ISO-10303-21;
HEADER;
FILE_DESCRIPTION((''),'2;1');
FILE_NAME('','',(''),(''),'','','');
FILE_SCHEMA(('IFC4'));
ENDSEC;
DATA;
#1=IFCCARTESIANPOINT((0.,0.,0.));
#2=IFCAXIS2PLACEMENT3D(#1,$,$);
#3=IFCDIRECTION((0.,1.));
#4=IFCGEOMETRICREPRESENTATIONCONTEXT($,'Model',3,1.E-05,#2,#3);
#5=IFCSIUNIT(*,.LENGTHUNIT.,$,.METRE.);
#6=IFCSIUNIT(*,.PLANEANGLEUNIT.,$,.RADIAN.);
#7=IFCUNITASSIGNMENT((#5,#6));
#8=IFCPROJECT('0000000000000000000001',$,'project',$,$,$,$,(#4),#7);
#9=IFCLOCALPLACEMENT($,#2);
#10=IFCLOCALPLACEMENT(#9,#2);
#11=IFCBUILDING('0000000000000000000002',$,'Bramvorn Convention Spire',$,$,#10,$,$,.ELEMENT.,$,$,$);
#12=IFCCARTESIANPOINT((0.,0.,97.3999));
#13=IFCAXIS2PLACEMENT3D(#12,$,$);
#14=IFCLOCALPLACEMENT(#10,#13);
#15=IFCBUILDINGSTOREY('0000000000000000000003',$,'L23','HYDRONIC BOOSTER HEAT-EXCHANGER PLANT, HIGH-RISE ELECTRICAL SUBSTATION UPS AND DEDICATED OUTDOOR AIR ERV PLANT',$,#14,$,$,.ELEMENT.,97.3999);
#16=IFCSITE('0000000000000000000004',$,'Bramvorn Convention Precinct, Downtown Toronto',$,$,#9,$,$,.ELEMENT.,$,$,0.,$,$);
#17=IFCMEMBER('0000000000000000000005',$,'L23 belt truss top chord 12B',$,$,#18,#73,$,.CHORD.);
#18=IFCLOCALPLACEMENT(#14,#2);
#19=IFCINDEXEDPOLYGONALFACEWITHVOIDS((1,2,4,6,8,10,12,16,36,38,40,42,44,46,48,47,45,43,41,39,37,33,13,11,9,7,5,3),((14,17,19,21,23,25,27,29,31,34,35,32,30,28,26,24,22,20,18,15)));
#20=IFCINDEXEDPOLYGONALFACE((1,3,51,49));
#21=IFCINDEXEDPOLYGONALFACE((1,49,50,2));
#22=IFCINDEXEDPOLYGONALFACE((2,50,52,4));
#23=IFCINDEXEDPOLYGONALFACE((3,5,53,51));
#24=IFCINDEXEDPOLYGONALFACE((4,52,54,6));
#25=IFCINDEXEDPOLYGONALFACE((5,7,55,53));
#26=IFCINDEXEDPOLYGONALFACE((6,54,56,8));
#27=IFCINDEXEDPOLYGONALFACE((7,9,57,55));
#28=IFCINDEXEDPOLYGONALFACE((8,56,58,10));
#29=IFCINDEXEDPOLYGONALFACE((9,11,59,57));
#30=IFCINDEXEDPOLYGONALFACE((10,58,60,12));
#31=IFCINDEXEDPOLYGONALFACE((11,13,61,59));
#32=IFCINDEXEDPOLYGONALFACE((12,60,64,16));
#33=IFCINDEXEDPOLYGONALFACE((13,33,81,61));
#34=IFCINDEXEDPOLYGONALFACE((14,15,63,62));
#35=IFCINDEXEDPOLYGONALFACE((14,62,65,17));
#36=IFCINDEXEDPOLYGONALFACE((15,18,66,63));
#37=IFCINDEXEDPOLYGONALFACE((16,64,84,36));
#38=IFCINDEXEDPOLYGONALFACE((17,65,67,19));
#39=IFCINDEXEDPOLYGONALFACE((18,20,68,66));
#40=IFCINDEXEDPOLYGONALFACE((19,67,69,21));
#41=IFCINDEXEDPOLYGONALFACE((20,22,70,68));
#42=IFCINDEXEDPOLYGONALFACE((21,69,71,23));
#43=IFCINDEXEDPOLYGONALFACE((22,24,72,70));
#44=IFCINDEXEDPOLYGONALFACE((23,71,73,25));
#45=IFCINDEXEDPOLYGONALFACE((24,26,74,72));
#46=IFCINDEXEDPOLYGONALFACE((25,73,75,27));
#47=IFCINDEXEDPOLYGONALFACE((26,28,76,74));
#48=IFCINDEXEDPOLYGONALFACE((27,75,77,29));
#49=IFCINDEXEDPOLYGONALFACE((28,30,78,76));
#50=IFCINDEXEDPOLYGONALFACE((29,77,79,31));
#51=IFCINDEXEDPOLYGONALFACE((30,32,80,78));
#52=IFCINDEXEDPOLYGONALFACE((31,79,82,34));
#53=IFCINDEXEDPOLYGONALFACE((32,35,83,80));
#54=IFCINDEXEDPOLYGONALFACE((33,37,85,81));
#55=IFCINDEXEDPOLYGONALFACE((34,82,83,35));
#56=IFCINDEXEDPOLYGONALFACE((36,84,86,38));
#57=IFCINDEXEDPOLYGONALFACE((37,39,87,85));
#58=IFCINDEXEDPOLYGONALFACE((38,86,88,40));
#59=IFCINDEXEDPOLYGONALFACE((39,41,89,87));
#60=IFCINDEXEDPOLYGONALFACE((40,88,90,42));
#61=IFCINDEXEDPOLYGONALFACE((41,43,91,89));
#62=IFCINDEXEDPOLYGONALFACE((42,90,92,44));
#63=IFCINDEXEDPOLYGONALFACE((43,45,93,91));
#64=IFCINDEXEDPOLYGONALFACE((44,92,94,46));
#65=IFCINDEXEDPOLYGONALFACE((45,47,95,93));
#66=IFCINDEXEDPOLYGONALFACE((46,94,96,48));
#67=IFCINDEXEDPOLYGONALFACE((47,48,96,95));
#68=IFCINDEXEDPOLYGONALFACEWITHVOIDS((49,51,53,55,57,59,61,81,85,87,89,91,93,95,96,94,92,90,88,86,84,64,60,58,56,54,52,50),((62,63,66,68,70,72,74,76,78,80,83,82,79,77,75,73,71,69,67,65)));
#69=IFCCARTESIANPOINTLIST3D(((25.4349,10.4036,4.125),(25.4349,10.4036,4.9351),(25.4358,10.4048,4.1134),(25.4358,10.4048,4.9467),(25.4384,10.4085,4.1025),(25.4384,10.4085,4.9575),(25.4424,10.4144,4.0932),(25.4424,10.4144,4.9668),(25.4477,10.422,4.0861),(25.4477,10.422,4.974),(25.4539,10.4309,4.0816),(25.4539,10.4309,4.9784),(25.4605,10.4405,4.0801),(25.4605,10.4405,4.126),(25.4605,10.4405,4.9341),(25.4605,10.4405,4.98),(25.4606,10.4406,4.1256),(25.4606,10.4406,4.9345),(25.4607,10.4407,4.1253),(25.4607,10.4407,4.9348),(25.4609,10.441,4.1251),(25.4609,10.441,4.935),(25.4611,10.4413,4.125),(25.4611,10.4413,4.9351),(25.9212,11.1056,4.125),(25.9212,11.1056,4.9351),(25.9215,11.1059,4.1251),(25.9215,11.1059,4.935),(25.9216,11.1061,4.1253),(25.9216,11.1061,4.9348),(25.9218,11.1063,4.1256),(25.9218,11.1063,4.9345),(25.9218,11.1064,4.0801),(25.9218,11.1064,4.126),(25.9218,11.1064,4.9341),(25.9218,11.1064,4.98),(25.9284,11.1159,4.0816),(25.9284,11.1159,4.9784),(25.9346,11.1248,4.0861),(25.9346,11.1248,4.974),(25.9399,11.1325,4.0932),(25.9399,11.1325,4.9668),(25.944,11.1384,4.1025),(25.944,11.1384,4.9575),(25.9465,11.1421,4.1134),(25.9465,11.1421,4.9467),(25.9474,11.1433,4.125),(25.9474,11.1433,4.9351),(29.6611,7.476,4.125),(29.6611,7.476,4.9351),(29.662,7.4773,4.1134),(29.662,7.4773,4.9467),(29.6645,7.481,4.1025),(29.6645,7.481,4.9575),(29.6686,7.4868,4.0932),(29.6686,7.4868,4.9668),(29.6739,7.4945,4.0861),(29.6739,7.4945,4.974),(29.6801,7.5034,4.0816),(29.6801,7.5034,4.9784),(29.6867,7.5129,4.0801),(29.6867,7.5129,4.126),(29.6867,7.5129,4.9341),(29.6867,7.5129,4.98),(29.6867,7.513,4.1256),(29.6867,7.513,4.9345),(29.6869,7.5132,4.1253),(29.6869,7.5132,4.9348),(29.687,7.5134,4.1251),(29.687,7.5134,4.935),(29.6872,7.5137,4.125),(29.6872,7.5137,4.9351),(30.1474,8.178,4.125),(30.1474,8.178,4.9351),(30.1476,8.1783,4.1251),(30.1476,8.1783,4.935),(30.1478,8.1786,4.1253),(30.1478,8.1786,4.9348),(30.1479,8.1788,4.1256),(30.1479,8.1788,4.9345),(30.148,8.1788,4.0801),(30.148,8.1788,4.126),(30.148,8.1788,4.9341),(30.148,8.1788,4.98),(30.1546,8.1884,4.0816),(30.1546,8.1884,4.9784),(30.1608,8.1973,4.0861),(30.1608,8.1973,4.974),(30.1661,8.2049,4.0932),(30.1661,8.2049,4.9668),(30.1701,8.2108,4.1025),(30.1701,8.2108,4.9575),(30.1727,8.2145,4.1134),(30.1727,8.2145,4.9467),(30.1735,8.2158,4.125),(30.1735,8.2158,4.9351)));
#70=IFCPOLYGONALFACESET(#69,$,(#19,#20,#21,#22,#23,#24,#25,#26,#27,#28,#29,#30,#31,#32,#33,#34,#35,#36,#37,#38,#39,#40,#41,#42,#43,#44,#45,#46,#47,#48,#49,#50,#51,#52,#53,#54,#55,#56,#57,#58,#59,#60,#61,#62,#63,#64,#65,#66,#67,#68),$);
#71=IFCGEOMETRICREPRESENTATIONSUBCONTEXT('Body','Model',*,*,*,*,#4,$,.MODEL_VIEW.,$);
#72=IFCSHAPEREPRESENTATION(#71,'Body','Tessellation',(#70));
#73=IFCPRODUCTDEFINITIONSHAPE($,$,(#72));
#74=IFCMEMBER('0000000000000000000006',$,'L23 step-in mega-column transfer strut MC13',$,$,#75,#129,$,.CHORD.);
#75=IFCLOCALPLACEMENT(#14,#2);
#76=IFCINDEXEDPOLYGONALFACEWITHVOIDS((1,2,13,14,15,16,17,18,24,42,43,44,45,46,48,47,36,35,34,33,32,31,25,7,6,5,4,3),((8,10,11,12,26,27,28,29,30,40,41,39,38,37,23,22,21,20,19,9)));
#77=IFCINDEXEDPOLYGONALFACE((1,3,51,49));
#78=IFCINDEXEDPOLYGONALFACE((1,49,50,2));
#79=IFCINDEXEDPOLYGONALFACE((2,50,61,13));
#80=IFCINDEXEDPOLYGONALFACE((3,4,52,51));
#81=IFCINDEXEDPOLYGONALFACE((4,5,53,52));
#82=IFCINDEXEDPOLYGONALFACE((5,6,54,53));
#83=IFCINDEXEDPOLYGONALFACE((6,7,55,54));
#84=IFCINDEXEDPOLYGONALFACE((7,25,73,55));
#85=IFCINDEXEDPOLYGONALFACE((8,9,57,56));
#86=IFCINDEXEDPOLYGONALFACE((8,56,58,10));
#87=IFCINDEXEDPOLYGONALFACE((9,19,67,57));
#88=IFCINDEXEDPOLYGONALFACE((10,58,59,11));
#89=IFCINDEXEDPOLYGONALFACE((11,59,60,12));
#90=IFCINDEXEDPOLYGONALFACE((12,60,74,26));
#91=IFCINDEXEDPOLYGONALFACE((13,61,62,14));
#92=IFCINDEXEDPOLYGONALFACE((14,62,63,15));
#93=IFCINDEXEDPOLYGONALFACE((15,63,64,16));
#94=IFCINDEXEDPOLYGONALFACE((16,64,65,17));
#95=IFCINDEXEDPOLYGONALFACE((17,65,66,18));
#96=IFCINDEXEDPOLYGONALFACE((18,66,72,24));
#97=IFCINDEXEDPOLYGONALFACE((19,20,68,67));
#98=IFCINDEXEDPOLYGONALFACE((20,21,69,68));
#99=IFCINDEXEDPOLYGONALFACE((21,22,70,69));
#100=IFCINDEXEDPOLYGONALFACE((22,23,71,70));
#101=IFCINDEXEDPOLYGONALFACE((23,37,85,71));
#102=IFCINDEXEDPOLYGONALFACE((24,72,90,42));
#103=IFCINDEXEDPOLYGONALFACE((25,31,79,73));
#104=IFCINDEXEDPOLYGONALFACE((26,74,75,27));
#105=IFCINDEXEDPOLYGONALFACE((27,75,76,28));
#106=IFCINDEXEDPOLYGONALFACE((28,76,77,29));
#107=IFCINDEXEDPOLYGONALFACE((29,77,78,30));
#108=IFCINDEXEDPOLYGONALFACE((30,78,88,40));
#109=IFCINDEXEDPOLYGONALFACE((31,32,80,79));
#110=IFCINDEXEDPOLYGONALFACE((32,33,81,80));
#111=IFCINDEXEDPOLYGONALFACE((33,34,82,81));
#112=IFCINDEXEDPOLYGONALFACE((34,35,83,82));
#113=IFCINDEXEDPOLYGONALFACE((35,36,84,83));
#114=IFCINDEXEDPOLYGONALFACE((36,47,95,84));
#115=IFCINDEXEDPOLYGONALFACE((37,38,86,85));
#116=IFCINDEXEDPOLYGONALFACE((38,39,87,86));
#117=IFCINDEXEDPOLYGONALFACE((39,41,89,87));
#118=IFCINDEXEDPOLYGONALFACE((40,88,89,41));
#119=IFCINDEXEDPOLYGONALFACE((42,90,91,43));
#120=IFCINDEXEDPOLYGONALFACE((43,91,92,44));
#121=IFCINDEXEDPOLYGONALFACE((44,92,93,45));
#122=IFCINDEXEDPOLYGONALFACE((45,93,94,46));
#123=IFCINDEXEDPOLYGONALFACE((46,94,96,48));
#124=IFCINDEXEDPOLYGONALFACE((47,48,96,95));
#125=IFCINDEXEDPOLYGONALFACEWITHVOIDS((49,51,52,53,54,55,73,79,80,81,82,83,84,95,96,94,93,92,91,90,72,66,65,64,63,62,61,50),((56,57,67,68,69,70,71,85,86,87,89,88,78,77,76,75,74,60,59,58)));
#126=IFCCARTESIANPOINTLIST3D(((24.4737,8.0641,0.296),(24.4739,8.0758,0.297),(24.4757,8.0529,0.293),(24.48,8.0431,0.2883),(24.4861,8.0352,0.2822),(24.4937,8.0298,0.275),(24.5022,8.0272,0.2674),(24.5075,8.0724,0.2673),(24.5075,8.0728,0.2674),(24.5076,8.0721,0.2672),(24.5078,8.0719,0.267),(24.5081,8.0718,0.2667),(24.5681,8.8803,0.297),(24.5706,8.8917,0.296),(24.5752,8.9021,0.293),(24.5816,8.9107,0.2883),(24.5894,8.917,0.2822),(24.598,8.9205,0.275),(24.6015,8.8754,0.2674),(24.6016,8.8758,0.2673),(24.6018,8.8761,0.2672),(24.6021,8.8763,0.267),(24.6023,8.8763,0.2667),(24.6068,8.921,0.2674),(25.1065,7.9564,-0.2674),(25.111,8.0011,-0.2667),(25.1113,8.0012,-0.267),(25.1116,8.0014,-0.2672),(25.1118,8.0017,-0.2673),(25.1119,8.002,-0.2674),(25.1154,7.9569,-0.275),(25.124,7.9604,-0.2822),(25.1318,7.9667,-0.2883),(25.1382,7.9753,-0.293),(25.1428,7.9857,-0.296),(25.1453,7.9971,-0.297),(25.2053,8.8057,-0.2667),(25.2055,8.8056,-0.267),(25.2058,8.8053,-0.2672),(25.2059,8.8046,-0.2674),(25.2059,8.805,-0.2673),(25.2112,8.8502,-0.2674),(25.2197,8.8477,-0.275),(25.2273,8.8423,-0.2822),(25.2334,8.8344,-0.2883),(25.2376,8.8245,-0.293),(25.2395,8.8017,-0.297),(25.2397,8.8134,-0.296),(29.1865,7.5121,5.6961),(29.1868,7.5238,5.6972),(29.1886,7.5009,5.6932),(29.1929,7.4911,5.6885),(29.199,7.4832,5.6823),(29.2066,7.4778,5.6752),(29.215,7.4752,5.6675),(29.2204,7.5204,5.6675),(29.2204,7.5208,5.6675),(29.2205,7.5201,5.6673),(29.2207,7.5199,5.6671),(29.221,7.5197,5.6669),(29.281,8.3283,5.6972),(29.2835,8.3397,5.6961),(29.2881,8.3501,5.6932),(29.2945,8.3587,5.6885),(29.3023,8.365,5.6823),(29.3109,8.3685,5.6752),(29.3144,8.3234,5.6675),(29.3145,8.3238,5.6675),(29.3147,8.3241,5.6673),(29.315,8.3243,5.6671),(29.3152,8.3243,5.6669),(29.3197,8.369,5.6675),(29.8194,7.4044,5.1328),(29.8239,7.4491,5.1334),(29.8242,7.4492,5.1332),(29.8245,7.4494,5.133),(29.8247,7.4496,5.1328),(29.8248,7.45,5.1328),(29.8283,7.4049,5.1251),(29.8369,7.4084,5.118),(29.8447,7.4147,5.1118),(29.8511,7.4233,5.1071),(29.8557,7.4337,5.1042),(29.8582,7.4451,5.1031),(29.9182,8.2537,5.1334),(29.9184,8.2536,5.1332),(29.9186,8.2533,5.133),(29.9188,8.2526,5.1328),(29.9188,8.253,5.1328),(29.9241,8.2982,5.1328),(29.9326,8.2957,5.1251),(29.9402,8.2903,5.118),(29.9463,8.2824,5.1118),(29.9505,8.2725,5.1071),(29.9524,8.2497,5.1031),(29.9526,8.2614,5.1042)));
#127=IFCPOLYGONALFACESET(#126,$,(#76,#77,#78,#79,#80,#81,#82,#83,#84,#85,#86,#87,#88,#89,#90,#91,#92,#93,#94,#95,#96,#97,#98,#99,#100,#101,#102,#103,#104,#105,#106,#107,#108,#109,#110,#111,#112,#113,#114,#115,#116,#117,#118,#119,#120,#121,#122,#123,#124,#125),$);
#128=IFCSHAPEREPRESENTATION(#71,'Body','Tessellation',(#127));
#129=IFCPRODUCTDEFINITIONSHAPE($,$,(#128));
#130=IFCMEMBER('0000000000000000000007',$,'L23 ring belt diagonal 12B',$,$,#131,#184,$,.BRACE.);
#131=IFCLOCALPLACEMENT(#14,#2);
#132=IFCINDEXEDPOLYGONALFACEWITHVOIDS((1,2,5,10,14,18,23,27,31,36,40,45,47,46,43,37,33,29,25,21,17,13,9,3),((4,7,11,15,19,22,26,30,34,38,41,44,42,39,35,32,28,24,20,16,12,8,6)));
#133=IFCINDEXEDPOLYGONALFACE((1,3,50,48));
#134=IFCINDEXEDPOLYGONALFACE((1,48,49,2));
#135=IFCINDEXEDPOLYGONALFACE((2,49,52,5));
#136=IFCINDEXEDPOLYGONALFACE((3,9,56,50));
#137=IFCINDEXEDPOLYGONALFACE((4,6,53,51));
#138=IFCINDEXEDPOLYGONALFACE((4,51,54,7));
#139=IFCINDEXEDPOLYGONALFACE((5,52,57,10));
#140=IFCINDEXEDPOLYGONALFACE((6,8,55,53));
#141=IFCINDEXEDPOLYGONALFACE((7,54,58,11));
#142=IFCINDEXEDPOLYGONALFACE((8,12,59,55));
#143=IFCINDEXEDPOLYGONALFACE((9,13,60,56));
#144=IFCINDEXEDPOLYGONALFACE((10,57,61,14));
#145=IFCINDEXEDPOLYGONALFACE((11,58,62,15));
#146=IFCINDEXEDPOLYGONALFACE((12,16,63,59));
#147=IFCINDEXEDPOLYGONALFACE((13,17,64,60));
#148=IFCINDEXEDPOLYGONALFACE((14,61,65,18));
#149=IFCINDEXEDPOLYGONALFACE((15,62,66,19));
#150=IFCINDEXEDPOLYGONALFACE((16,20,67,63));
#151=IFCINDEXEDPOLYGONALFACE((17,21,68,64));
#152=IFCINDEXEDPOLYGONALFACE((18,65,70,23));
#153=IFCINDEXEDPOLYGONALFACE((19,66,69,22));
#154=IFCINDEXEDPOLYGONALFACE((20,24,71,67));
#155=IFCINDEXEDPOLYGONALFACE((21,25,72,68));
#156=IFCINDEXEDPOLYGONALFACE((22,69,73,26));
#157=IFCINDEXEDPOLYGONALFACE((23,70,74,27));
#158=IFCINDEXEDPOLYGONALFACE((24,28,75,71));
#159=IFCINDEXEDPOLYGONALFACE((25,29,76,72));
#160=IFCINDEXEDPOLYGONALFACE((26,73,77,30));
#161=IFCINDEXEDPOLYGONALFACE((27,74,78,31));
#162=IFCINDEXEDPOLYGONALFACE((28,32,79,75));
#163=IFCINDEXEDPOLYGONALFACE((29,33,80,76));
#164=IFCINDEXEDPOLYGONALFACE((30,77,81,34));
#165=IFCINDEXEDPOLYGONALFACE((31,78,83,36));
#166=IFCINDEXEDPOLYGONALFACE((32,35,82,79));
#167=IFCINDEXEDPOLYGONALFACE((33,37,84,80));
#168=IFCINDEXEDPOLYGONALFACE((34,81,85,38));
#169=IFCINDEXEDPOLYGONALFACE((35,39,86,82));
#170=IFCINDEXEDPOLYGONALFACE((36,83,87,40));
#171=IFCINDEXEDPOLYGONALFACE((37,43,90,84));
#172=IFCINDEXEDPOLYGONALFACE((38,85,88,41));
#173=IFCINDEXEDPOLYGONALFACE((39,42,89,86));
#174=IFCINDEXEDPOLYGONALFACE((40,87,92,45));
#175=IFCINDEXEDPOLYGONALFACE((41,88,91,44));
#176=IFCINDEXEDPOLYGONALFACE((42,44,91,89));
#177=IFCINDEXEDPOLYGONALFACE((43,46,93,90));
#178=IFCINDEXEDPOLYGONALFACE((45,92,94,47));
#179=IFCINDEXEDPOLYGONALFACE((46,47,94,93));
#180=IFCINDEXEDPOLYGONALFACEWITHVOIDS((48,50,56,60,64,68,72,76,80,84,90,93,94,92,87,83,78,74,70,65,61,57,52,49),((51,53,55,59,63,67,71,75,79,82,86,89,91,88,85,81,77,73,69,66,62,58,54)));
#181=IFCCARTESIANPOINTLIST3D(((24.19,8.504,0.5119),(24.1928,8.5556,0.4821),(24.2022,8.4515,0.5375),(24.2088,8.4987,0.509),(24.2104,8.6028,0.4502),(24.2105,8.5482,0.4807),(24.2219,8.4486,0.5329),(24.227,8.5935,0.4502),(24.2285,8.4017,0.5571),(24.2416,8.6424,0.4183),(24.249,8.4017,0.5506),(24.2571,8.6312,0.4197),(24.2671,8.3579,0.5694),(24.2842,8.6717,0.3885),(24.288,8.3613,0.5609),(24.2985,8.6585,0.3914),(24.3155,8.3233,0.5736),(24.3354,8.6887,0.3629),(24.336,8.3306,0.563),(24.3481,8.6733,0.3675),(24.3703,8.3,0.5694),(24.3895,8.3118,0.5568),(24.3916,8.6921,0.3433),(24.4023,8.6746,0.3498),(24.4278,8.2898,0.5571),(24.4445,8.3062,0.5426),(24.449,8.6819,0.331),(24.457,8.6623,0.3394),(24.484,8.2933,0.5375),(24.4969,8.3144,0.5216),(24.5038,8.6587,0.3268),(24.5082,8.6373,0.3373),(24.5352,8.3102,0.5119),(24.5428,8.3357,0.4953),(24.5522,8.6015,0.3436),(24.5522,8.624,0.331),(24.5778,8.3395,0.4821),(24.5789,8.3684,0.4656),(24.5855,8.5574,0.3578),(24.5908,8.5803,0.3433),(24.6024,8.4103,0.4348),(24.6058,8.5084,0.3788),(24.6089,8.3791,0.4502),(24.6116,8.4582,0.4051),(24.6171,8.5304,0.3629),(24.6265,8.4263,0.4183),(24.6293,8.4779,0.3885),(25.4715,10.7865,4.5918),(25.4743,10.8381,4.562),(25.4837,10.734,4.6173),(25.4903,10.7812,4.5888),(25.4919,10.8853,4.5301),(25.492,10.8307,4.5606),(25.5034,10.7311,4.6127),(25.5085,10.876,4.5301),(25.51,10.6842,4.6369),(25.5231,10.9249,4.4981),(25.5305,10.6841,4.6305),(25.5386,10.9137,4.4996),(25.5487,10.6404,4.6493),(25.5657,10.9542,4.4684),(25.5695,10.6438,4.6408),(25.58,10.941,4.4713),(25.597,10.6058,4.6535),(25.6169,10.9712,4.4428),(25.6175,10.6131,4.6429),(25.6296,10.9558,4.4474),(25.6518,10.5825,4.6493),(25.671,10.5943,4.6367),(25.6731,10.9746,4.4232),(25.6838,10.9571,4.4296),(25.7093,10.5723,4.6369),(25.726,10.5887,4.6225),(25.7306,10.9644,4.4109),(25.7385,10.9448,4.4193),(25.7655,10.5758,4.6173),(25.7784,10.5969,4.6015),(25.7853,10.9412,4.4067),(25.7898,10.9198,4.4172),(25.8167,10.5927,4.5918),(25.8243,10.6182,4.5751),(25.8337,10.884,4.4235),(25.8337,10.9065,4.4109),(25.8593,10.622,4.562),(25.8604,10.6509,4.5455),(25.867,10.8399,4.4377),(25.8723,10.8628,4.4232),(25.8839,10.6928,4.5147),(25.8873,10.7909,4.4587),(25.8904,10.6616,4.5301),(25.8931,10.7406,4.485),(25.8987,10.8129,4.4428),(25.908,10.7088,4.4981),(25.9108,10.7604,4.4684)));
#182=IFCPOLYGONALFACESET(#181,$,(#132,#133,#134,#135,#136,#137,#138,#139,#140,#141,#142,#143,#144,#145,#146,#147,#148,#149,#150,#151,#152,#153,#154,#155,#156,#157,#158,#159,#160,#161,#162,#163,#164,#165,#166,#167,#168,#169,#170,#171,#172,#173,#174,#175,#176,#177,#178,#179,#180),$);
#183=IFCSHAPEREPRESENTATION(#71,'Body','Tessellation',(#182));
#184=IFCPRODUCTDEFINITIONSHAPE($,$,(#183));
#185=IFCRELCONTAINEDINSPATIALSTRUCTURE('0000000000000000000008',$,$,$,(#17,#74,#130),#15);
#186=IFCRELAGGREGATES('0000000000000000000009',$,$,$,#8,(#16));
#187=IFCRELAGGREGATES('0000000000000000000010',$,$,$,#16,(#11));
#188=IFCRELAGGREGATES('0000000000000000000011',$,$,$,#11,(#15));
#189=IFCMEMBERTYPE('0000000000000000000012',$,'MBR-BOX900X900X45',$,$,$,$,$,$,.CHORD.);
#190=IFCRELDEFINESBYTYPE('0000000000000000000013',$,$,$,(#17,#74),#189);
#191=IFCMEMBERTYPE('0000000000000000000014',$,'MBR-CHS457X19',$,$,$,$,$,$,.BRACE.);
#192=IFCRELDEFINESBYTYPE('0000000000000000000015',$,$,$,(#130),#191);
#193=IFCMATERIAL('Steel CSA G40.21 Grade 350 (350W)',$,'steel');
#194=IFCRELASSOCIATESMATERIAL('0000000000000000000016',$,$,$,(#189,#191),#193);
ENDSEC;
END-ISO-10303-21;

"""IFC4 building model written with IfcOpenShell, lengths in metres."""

from ifc_helpers import new_model, si_unit, direction, frame, origin, origin_2d, place, context, subcontext, project, spatial, hollow_rectangle, hollow_circle, extrude, material, material_profile, profile_set, type_object, element, save


model = new_model("IFC4")

# Units and contexts
model_context = context("Model", 3, precision=1e-05, world=origin(), true_north=direction((0.0, 1.0)))
body_context = subcontext(model_context, "Body", "Model", "MODEL_VIEW")
ifc_project = project(units=[si_unit("LENGTHUNIT", "METRE"), si_unit("PLANEANGLEUNIT", "RADIAN")], contexts=[model_context])

# Site, building, storey
site_placement = place(None, origin())
site = spatial("IfcSite", under=ifc_project, at=site_placement, Name="Bramvorn Convention Precinct, Downtown Toronto", CompositionType="ELEMENT", RefElevation=0.0)
building_placement = place(site_placement, origin())
building = spatial("IfcBuilding", under=site, at=building_placement, Name="Bramvorn Convention Spire", CompositionType="ELEMENT")
storey_placement = place(building_placement, frame((0.0, 0.0, 97.3999)))
storey = spatial("IfcBuildingStorey", under=building, at=storey_placement, Name="L23", Description="HYDRONIC BOOSTER HEAT-EXCHANGER PLANT, HIGH-RISE ELECTRICAL SUBSTATION UPS AND DEDICATED OUTDOOR AIR ERV PLANT", CompositionType="ELEMENT", Elevation=97.3999)

# Shared definitions
ifc_material_1 = material(Name="Steel CSA G40.21 Grade 350 (350W)", Category="steel")

# Members
ifc_material_profile_1 = material_profile(ifc_material_1, hollow_rectangle(XDim=0.8999, YDim=0.8999, WallThickness=0.0449, InnerFilletRadius=0.001, OuterFilletRadius=0.0449, at=origin_2d()))
ifc_profile_set_1 = profile_set([ifc_material_profile_1], Name="Steel CSA G40.21 Grade 350 (350W) - BOX900X900X45")
member_type_1 = type_object("IfcMemberType", Name="MBR-BOX900X900X45", PredefinedType="CHORD", material=ifc_profile_set_1)
for number, where, z_axis, x_axis, name in (
    (1, (25.6912, 10.7734, 4.53), (0.822033, -0.56944, 0.0), (0.56944, 0.822033, 0.0), "L23 belt truss top chord 12B"),
):
    element("IfcMember", number, at=place(storey_placement, frame(where, z_axis=z_axis, x_axis=x_axis)), inside=storey, type_object=member_type_1, Name=name, PredefinedType="CHORD", context=body_context, shape_type="SweptSolid", body=[
        extrude(hollow_rectangle(XDim=0.8999, YDim=0.8999, WallThickness=0.0449, InnerFilletRadius=0.001, OuterFilletRadius=0.0449, at=origin_2d()), origin(), (0.0, 0.0, 1.0), 5.1411),
    ])
member_1_placement = place(storey_placement, frame((24.8567, 8.4387, 0.0), z_axis=(0.655596, -0.076787, 0.751198), x_axis=(0.116331, 0.993211, 0.0)))
element("IfcMember", 2, at=member_1_placement, inside=storey, type_object=member_type_1, Name="L23 step-in mega-column transfer strut MC13", PredefinedType="CHORD", context=body_context, shape_type="SweptSolid", body=[
    extrude(hollow_rectangle(XDim=0.8999, YDim=0.8999, WallThickness=0.0449, InnerFilletRadius=0.001, OuterFilletRadius=0.0449, at=origin_2d()), origin(), (0.0, 0.0, 1.0), 7.1887),
])
ifc_material_profile_2 = material_profile(ifc_material_1, hollow_circle(Radius=0.2285, WallThickness=0.019, at=origin_2d()))
ifc_profile_set_2 = profile_set([ifc_material_profile_2], Name="Steel CSA G40.21 Grade 350 (350W) - CHS457X19")
member_type_2 = type_object("IfcMemberType", Name="MBR-CHS457X19", PredefinedType="BRACE", material=ifc_profile_set_2)
member_2_placement = place(storey_placement, frame((24.4097, 8.491, 0.4502), z_axis=(0.264369, 0.470868, 0.84166), x_axis=(-0.871966, 0.489566, 0.0)))
element("IfcMember", 3, at=member_2_placement, inside=storey, type_object=member_type_2, Name="L23 ring belt diagonal 12B", PredefinedType="BRACE", context=body_context, shape_type="SweptSolid", body=[
    extrude(hollow_circle(Radius=0.2285, WallThickness=0.019, at=origin_2d()), origin(), (0.0, 0.0, 1.0), 4.8474),
])

save(model, "model.ifc")
